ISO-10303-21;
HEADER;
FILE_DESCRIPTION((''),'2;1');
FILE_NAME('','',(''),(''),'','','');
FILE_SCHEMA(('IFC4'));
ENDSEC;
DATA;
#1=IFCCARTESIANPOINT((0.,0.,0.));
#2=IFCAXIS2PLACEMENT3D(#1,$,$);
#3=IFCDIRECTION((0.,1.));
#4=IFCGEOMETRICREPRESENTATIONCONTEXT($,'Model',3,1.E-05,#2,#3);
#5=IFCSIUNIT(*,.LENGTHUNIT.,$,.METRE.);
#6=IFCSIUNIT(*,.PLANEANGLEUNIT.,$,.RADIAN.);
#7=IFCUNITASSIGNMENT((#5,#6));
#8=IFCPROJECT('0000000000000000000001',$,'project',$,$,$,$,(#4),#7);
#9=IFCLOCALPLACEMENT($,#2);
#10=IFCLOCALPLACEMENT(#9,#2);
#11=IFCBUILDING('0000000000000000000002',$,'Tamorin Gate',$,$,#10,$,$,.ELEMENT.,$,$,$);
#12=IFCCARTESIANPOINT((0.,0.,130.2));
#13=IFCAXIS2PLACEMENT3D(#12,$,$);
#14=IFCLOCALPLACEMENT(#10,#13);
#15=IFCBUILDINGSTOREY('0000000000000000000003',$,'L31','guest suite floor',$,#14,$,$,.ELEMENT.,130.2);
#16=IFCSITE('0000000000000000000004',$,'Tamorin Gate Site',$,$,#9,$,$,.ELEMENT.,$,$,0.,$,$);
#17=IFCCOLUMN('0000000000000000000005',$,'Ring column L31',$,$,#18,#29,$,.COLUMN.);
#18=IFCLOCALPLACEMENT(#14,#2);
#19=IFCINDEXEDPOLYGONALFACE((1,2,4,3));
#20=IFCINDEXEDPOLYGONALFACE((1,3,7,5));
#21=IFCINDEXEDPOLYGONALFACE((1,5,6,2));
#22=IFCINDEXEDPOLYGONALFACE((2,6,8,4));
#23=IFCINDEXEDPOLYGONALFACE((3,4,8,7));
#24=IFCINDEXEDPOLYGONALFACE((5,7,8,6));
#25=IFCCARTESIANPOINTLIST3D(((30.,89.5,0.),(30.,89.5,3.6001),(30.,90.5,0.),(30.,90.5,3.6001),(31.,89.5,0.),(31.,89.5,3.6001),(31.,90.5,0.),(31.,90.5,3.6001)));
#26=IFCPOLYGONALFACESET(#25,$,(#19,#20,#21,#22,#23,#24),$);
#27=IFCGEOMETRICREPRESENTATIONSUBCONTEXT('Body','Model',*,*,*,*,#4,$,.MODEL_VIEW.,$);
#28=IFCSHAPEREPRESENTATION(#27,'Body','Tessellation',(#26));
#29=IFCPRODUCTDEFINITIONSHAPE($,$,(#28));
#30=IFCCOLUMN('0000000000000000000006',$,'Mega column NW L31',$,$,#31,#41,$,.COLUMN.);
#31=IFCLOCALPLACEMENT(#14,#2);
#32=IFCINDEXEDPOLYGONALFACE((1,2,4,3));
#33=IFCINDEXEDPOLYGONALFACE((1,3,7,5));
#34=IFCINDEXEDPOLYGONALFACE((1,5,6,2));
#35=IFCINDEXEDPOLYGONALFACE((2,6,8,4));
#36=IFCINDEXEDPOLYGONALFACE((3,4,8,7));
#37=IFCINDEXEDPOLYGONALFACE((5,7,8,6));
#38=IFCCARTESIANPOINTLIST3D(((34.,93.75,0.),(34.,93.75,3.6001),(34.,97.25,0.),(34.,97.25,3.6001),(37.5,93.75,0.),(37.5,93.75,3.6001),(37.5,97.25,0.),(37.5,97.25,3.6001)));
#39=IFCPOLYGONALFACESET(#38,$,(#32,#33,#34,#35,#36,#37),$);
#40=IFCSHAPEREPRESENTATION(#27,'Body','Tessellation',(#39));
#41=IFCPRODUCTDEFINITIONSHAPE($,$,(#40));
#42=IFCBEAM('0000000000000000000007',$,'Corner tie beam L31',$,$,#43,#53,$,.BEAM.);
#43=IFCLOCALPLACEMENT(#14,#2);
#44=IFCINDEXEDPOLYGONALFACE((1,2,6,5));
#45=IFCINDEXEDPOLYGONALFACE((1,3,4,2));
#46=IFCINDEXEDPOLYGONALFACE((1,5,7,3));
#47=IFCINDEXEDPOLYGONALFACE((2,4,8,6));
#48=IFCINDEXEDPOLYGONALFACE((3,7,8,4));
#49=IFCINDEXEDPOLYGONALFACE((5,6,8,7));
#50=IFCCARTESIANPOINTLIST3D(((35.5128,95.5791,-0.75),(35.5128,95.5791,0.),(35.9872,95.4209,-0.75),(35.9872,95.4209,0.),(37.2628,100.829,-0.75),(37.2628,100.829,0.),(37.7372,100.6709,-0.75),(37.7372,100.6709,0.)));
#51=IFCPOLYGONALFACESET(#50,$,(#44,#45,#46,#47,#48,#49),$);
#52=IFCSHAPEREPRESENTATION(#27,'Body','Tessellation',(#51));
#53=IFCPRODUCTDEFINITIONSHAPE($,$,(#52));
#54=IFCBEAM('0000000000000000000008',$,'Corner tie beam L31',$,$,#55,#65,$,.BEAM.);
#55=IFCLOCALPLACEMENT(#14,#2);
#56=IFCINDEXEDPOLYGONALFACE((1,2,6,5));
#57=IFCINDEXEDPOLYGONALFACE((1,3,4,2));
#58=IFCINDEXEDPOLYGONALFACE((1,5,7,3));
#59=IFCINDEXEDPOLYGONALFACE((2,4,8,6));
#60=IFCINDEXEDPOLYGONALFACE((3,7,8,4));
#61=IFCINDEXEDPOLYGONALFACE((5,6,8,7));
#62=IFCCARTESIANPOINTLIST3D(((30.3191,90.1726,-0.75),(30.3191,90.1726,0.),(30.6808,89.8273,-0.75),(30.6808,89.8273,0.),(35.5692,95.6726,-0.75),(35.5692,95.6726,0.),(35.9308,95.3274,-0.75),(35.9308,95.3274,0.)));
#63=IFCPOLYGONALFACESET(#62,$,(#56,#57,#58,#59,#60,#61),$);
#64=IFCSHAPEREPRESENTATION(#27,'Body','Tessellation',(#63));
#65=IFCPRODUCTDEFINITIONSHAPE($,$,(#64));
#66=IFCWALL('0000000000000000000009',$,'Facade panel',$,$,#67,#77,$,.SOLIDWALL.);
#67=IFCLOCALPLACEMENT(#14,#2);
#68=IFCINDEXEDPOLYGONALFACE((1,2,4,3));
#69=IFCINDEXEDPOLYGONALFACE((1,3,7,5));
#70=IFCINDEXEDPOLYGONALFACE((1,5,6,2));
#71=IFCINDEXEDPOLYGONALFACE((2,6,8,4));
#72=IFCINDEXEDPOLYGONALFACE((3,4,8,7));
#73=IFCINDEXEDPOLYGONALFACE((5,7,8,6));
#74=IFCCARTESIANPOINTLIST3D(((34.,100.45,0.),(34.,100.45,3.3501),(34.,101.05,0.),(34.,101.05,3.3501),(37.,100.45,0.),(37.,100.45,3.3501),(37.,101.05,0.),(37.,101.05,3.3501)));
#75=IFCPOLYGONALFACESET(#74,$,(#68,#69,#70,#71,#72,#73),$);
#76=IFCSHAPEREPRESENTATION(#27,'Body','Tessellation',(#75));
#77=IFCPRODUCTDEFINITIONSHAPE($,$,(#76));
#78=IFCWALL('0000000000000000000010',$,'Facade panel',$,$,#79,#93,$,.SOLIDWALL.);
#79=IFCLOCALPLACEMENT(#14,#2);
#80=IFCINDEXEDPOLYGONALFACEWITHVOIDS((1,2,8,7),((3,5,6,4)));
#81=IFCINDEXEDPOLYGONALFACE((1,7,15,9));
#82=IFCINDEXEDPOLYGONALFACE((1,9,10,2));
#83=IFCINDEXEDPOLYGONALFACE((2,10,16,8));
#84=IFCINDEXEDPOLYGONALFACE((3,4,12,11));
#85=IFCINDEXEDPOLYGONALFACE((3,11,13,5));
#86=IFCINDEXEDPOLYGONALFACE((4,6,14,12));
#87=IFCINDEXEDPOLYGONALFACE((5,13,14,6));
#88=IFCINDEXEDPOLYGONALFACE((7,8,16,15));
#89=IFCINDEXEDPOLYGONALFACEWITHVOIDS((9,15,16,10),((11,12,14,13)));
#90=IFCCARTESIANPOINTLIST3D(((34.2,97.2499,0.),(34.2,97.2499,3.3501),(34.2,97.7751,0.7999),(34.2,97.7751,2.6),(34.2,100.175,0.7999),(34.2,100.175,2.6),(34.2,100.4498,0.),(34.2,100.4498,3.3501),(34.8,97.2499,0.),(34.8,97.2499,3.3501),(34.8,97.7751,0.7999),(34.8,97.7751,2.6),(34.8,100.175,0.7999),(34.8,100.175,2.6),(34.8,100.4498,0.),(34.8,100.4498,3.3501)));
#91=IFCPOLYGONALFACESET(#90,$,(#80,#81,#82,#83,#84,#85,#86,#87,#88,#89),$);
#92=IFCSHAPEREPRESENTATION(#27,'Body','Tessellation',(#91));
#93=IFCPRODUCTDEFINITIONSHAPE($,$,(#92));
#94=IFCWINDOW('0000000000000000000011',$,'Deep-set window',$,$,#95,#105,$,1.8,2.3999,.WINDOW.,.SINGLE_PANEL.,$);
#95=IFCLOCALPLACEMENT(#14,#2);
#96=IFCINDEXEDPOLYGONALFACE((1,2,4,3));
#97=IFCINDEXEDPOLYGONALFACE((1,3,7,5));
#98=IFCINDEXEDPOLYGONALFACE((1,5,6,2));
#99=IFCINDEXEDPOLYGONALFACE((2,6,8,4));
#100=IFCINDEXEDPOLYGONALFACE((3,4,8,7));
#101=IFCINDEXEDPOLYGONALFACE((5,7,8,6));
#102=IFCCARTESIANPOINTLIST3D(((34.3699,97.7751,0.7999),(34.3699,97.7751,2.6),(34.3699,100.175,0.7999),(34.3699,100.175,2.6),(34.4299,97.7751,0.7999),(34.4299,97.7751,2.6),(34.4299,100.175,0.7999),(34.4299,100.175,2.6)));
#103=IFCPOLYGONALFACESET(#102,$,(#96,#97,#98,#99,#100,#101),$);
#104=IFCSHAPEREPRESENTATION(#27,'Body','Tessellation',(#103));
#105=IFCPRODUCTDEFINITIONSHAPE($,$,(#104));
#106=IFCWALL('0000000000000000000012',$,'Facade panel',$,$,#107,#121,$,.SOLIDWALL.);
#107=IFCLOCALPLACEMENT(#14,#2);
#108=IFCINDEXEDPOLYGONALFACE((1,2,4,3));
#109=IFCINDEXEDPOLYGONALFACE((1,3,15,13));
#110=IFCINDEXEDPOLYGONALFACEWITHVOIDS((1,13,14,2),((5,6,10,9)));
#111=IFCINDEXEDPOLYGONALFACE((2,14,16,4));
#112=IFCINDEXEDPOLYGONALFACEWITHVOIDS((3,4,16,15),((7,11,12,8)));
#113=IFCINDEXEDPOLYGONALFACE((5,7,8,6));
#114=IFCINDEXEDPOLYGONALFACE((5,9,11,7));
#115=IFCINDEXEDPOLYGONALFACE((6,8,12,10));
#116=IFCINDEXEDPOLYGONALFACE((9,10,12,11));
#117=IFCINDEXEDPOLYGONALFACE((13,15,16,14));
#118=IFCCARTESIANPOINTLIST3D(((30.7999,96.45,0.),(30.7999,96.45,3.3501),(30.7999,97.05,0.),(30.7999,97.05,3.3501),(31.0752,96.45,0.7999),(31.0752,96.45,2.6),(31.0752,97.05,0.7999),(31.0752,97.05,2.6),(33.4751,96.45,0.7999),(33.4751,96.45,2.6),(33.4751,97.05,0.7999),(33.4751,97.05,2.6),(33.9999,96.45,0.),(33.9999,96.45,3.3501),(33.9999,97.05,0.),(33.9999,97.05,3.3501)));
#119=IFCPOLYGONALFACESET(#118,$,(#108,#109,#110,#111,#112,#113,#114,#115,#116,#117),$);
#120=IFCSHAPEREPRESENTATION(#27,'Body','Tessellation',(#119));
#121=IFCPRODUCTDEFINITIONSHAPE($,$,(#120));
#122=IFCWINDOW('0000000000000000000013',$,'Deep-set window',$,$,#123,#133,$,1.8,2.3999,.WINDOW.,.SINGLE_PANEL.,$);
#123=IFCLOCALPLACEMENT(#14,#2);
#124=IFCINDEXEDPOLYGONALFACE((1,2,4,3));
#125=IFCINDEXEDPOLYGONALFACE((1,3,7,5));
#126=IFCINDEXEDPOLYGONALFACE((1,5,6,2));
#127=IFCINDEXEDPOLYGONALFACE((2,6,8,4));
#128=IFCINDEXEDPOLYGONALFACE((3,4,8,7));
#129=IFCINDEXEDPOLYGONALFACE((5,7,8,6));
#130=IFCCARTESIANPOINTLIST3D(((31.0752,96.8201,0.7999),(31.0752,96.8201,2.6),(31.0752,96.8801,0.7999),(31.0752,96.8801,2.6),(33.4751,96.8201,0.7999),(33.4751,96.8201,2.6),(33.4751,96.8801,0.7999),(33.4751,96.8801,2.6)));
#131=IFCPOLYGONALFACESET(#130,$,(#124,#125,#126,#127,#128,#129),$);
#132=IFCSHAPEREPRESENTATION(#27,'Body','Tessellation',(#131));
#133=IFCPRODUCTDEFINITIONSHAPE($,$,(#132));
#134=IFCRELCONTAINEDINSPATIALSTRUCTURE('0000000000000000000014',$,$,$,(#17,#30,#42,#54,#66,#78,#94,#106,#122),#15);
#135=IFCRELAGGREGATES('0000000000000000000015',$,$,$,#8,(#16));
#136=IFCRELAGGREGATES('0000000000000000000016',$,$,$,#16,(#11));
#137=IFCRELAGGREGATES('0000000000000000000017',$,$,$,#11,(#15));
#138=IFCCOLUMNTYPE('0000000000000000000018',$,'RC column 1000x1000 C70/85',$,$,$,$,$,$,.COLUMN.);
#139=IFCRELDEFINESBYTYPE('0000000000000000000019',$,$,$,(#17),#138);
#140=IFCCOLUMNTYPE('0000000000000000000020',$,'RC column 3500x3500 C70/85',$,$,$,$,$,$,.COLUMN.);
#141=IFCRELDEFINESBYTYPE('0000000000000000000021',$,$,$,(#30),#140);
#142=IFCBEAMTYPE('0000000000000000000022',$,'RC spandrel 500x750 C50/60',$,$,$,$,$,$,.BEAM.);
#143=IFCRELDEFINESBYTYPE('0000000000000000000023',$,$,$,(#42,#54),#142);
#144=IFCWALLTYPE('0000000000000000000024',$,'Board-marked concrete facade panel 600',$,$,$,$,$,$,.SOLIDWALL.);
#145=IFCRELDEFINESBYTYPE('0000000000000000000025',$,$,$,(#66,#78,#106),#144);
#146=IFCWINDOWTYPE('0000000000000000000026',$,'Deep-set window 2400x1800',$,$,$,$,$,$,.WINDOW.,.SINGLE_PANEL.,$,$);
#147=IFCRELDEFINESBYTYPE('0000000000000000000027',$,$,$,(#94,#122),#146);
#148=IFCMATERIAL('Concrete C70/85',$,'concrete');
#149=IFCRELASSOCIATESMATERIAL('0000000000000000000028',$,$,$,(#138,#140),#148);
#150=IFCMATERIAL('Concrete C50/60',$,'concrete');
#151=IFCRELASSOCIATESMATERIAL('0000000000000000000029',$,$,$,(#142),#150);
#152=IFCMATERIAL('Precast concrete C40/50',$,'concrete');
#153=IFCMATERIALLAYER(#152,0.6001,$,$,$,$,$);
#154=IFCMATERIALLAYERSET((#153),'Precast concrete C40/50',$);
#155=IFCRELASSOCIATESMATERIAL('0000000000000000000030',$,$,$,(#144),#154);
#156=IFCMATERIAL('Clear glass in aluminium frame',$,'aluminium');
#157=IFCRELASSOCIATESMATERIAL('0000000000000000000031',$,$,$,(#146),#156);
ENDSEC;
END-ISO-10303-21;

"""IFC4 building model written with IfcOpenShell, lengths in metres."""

from ifc_helpers import new_model, si_unit, direction, frame, frame_2d, origin, origin_2d, place, context, subcontext, project, spatial, rectangle, extrude, material, layer, layer_set, material_profile, profile_set, type_object, element, fill, save


model = new_model("IFC4")

# Units and contexts
model_context = context("Model", 3, precision=1e-05, world=origin(), true_north=direction((0.0, 1.0)))
body_context = subcontext(model_context, "Body", "Model", "MODEL_VIEW")
ifc_project = project(units=[si_unit("LENGTHUNIT", "METRE"), si_unit("PLANEANGLEUNIT", "RADIAN")], contexts=[model_context])

# Site, building, storey
site_placement = place(None, origin())
site = spatial("IfcSite", under=ifc_project, at=site_placement, Name="Tamorin Gate Site", CompositionType="ELEMENT", RefElevation=0.0)
building_placement = place(site_placement, origin())
building = spatial("IfcBuilding", under=site, at=building_placement, Name="Tamorin Gate", CompositionType="ELEMENT")
storey_placement = place(building_placement, frame((0.0, 0.0, 130.2)))
storey = spatial("IfcBuildingStorey", under=building, at=storey_placement, Name="L31", Description="guest suite floor", CompositionType="ELEMENT", Elevation=130.2)

# Columns
ifc_material_1 = material(Name="Concrete C70/85", Category="concrete")
ifc_material_profile_1 = material_profile(ifc_material_1, rectangle(XDim=1.0, YDim=1.0, at=origin_2d()), Name="RC 1000x1000")
ifc_profile_set_1 = profile_set([ifc_material_profile_1], Name="Concrete C70/85")
column_type_1 = type_object("IfcColumnType", Name="RC column 1000x1000 C70/85", PredefinedType="COLUMN", material=ifc_profile_set_1)
column_1_placement = place(storey_placement, frame((30.5, 90.0, 0.0), z_axis=(0.0, 0.0, 1.0), x_axis=(1.0, 0.0, 0.0)))
element("IfcColumn", 1, at=column_1_placement, inside=storey, type_object=column_type_1, Name="Ring column L31", PredefinedType="COLUMN", context=body_context, shape_type="SweptSolid", body=[
    extrude(rectangle(XDim=1.0, YDim=1.0, at=origin_2d()), origin(), (0.0, 0.0, 1.0), 3.6001),
])
ifc_material_profile_2 = material_profile(ifc_material_1, rectangle(XDim=3.5, YDim=3.5, at=origin_2d()), Name="RC 3500x3500")
ifc_profile_set_2 = profile_set([ifc_material_profile_2], Name="Concrete C70/85")
column_type_2 = type_object("IfcColumnType", Name="RC column 3500x3500 C70/85", PredefinedType="COLUMN", material=ifc_profile_set_2)
column_2_placement = place(storey_placement, frame((35.75, 95.5, 0.0), z_axis=(0.0, 0.0, 1.0), x_axis=(1.0, 0.0, 0.0)))
element("IfcColumn", 2, at=column_2_placement, inside=storey, type_object=column_type_2, Name="Mega column NW L31", PredefinedType="COLUMN", context=body_context, shape_type="SweptSolid", body=[
    extrude(rectangle(XDim=3.5, YDim=3.5, at=origin_2d()), origin(), (0.0, 0.0, 1.0), 3.6001),
])

# Beams
ifc_material_2 = material(Name="Concrete C50/60", Category="concrete")
ifc_material_profile_3 = material_profile(ifc_material_2, rectangle(XDim=0.5, YDim=0.75, at=origin_2d()), Name="RC 500x750")
ifc_profile_set_3 = profile_set([ifc_material_profile_3], Name="Concrete C50/60")
beam_type = type_object("IfcBeamType", Name="RC spandrel 500x750 C50/60", PredefinedType="BEAM", material=ifc_profile_set_3)
beam_1_placement = place(storey_placement, frame((35.75, 95.5, -0.375), z_axis=(0.316228, 0.948683, 0.0), x_axis=(-0.948683, 0.316228, 0.0)))
element("IfcBeam", 3, at=beam_1_placement, inside=storey, type_object=beam_type, Name="Corner tie beam L31", PredefinedType="BEAM", context=body_context, shape_type="SweptSolid", body=[
    extrude(rectangle(XDim=0.5, YDim=0.75, at=origin_2d()), origin(), (0.0, 0.0, 1.0), 5.5339),
])
beam_2_placement = place(storey_placement, frame((35.75, 95.5, -0.375), z_axis=(-0.690476, -0.723356, 0.0), x_axis=(0.723356, -0.690476, 0.0)))
element("IfcBeam", 4, at=beam_2_placement, inside=storey, type_object=beam_type, Name="Corner tie beam L31", PredefinedType="BEAM", context=body_context, shape_type="SweptSolid", body=[
    extrude(rectangle(XDim=0.5, YDim=0.75, at=origin_2d()), origin(), (0.0, 0.0, 1.0), 7.6035),
])

# Wall
ifc_material_3 = material(Name="Precast concrete C40/50", Category="concrete")
ifc_layer_1 = layer(ifc_material_3, 0.6001)
ifc_layer_set_1 = layer_set([ifc_layer_1], Name="Precast concrete C40/50")
wall_type_1 = type_object("IfcWallType", Name="Board-marked concrete facade panel 600", PredefinedType="SOLIDWALL", material=ifc_layer_set_1)
wall_1_placement = place(storey_placement, frame((37.0, 100.75, 0.0), z_axis=(0.0, 0.0, 1.0), x_axis=(-1.0, 0.0, 0.0)))
element("IfcWall", 5, at=wall_1_placement, inside=storey, type_object=wall_type_1, Name="Facade panel", PredefinedType="SOLIDWALL", context=body_context, shape_type="SweptSolid", body=[
    extrude(rectangle(XDim=3.0, YDim=0.6001, at=frame_2d((1.5, 0.0))), origin(), (0.0, 0.0, 1.0), 3.3501),
])

# Walls, openings, windows
wall_2_placement = place(storey_placement, frame((34.5, 100.45, 0.0), z_axis=(0.0, 0.0, 1.0), x_axis=(0.0, -1.0, 0.0)))
wall_2 = element("IfcWall", 6, at=wall_2_placement, inside=storey, type_object=wall_type_1, Name="Facade panel", PredefinedType="SOLIDWALL", context=body_context, shape_type="SweptSolid", body=[
    extrude(rectangle(XDim=3.2, YDim=0.6001, at=frame_2d((1.6001, 0.0))), origin(), (0.0, 0.0, 1.0), 3.3501),
])
opening_1_placement = place(wall_2_placement, frame((0.2749, 0.0, 0.8)))
opening_1 = element("IfcOpeningElement", 7, at=opening_1_placement, cuts=wall_2, PredefinedType="OPENING", context=body_context, shape_type="SweptSolid", body=[
    extrude(rectangle(XDim=2.3999, YDim=1.8, at=frame_2d((1.2, 0.8999))), frame((0.0, 0.3101, 0.0), z_axis=(0.0, -1.0, 0.0), x_axis=(1.0, 0.0, 0.0)), (0.0, 0.0, 1.0), 0.6201),
])
ifc_material_4 = material(Name="Clear glass in aluminium frame", Category="aluminium")
window_type_1 = type_object("IfcWindowType", Name="Deep-set window 2400x1800", PartitioningType="SINGLE_PANEL", PredefinedType="WINDOW", material=ifc_material_4)
window_1_placement = place(opening_1_placement, origin())
window_1 = element("IfcWindow", 8, at=window_1_placement, inside=storey, type_object=window_type_1, Name="Deep-set window", OverallHeight=1.8, OverallWidth=2.3999, PartitioningType="SINGLE_PANEL", PredefinedType="WINDOW", context=body_context, shape_type="SweptSolid", body=[
    extrude(rectangle(XDim=2.3999, YDim=1.8, at=frame_2d((1.2, 0.8999))), frame((0.0, -0.0701, 0.0), z_axis=(0.0, -1.0, 0.0), x_axis=(1.0, 0.0, 0.0)), (0.0, 0.0, 1.0), 0.0601),
])
fill(opening_1, window_1)
wall_3_placement = place(storey_placement, frame((34.0, 96.75, 0.0), z_axis=(0.0, 0.0, 1.0), x_axis=(-1.0, 0.0, 0.0)))
wall_3 = element("IfcWall", 9, at=wall_3_placement, inside=storey, type_object=wall_type_1, Name="Facade panel", PredefinedType="SOLIDWALL", context=body_context, shape_type="SweptSolid", body=[
    extrude(rectangle(XDim=3.2, YDim=0.6001, at=frame_2d((1.6001, 0.0))), origin(), (0.0, 0.0, 1.0), 3.3501),
])
opening_2_placement = place(wall_3_placement, frame((0.5249, 0.0, 0.8)))
opening_2 = element("IfcOpeningElement", 10, at=opening_2_placement, cuts=wall_3, PredefinedType="OPENING", context=body_context, shape_type="SweptSolid", body=[
    extrude(rectangle(XDim=2.3999, YDim=1.8, at=frame_2d((1.2, 0.8999))), frame((0.0, 0.3101, 0.0), z_axis=(0.0, -1.0, 0.0), x_axis=(1.0, 0.0, 0.0)), (0.0, 0.0, 1.0), 0.6201),
])
window_2_placement = place(opening_2_placement, origin())
window_2 = element("IfcWindow", 11, at=window_2_placement, inside=storey, type_object=window_type_1, Name="Deep-set window", OverallHeight=1.8, OverallWidth=2.3999, PartitioningType="SINGLE_PANEL", PredefinedType="WINDOW", context=body_context, shape_type="SweptSolid", body=[
    extrude(rectangle(XDim=2.3999, YDim=1.8, at=frame_2d((1.2, 0.8999))), frame((0.0, -0.0701, 0.0), z_axis=(0.0, -1.0, 0.0), x_axis=(1.0, 0.0, 0.0)), (0.0, 0.0, 1.0), 0.0601),
])
fill(opening_2, window_2)

save(model, "model.ifc")
